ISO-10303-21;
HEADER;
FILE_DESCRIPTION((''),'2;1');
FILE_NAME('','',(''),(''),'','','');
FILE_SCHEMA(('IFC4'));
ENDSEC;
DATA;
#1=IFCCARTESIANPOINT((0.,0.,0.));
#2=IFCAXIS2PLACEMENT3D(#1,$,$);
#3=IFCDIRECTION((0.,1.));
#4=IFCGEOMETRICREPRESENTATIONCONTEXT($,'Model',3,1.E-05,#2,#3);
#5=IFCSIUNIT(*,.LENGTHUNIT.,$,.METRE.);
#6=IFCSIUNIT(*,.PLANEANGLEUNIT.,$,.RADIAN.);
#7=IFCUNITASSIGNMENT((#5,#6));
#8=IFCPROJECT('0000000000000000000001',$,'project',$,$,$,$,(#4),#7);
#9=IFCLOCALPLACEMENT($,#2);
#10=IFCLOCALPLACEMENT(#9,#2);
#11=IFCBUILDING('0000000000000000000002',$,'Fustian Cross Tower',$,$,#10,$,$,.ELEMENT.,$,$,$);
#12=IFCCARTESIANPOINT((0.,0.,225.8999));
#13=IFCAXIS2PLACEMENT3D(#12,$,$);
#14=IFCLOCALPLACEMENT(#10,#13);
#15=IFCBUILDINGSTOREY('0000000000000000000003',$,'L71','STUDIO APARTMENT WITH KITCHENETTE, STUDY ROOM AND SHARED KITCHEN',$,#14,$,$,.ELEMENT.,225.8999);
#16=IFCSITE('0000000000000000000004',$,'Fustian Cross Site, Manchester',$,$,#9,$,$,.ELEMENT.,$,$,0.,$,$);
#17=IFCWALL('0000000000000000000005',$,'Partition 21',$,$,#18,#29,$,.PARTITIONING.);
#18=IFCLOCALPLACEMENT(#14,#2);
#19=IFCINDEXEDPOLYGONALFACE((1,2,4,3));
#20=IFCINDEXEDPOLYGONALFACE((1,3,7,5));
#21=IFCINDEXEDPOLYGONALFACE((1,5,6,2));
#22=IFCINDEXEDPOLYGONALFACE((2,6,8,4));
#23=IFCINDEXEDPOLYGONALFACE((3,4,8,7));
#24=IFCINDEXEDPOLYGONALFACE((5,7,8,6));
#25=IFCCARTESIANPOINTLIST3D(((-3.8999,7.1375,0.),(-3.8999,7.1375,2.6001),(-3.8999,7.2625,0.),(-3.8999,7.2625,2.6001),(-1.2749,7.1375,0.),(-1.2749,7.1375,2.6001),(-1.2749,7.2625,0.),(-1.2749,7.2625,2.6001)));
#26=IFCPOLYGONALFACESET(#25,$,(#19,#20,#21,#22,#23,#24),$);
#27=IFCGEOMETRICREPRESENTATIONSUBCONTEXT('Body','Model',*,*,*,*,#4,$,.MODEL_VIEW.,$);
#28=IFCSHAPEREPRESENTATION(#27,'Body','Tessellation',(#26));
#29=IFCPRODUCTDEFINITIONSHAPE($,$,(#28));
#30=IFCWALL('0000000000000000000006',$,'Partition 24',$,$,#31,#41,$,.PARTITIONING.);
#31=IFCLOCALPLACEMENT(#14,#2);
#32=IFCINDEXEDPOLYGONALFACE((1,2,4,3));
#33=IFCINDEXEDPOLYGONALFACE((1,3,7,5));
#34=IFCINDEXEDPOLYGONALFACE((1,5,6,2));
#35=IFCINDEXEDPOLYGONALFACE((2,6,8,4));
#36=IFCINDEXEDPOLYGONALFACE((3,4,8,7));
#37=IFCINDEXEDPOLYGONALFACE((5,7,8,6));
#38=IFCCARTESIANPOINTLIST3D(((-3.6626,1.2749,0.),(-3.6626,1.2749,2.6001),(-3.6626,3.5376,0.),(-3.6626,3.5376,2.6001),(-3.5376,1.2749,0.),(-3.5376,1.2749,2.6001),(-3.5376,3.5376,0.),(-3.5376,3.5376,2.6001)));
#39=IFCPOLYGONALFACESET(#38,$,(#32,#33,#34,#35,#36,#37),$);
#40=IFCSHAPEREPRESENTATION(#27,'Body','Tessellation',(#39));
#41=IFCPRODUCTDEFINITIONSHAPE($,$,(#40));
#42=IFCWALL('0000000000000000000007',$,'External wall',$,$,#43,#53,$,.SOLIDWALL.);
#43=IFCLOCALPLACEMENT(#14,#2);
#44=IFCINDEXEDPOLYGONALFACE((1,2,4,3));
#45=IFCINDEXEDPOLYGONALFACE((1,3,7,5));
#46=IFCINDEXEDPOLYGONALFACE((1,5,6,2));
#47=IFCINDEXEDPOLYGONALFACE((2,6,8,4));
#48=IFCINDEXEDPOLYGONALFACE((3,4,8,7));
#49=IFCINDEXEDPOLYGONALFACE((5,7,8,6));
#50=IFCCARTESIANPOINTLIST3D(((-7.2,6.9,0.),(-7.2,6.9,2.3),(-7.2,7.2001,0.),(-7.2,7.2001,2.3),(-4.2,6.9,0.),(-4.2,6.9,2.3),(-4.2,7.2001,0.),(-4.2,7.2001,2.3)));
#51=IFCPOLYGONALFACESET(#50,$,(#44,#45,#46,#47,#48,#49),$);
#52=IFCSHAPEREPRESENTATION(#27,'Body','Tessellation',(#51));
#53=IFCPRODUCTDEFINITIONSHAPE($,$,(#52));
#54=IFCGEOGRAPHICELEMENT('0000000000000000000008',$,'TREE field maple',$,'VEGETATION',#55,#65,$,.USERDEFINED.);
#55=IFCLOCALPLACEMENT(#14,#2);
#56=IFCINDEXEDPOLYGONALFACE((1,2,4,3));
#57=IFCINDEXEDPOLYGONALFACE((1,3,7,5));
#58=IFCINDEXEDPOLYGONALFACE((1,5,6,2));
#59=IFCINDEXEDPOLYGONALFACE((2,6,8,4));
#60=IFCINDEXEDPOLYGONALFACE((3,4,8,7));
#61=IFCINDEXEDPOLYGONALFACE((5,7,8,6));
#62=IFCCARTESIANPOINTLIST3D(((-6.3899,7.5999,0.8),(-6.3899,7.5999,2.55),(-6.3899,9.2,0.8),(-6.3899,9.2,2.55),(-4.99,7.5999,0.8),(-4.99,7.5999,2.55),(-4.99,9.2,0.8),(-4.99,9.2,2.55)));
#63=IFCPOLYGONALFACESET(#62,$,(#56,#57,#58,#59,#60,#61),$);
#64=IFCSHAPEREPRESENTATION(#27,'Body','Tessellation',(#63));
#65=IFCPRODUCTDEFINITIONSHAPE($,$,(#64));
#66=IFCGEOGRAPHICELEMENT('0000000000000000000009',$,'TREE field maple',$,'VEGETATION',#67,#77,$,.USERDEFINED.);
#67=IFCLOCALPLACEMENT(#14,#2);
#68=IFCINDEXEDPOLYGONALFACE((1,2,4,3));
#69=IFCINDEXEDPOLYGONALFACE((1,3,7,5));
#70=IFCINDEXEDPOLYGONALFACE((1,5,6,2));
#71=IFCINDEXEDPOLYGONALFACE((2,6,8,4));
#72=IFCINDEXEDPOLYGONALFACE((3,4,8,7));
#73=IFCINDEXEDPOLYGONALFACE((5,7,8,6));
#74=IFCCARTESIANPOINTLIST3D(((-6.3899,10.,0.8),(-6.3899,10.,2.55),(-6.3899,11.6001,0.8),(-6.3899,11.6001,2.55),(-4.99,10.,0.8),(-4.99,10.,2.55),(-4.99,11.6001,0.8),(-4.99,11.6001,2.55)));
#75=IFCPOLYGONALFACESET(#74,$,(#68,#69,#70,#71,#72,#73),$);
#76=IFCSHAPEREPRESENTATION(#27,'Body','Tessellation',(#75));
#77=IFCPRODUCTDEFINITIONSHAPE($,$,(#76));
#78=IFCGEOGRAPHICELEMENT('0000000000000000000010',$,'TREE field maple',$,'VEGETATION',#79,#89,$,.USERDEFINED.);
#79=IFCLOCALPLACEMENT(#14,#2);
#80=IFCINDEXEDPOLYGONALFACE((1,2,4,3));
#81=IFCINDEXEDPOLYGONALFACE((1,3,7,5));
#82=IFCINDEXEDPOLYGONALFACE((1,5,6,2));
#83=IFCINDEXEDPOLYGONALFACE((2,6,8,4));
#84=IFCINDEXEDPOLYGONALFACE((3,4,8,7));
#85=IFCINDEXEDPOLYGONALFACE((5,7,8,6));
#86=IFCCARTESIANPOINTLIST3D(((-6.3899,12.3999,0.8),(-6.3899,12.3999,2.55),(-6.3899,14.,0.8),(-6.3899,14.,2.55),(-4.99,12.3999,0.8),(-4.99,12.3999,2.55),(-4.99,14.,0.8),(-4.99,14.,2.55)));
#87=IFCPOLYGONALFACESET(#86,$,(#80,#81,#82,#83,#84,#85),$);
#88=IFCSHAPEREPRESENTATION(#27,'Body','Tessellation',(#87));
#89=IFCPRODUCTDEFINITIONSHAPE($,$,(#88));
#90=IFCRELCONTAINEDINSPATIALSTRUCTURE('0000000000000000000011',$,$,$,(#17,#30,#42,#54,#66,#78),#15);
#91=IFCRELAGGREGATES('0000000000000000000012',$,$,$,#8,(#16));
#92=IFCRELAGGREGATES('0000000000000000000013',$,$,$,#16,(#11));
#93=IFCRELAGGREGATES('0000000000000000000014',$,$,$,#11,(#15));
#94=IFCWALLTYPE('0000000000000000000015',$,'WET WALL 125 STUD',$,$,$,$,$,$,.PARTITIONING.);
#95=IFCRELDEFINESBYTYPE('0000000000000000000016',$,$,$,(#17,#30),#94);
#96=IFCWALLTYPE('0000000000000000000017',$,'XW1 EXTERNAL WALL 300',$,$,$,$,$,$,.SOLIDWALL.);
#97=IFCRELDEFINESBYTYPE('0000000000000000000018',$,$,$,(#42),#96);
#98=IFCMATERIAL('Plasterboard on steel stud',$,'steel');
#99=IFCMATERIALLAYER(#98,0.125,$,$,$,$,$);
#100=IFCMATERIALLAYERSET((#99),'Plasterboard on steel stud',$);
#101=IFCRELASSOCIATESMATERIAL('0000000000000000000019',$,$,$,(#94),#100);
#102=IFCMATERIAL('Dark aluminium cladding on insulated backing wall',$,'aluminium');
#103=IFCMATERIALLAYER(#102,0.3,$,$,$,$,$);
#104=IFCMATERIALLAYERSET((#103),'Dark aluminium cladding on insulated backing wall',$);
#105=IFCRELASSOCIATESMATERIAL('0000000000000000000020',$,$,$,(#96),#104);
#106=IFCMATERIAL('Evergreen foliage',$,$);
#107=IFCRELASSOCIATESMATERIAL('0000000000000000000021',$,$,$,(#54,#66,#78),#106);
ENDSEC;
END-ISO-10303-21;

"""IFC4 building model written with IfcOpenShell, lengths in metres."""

from ifc_helpers import new_model, si_unit, direction, frame, frame_2d, origin, origin_2d, place, context, subcontext, project, spatial, rectangle, extrude, material, layer, layer_set, type_object, element, save


model = new_model("IFC4")

# Units and contexts
model_context = context("Model", 3, precision=1e-05, world=origin(), true_north=direction((0.0, 1.0)))
body_context = subcontext(model_context, "Body", "Model", "MODEL_VIEW")
ifc_project = project(units=[si_unit("LENGTHUNIT", "METRE"), si_unit("PLANEANGLEUNIT", "RADIAN")], contexts=[model_context])

# Site, building, storey
site_placement = place(None, origin())
site = spatial("IfcSite", under=ifc_project, at=site_placement, Name="Fustian Cross Site, Manchester", CompositionType="ELEMENT", RefElevation=0.0)
building_placement = place(site_placement, origin())
building = spatial("IfcBuilding", under=site, at=building_placement, Name="Fustian Cross Tower", CompositionType="ELEMENT")
storey_placement = place(building_placement, frame((0.0, 0.0, 225.8999)))
storey = spatial("IfcBuildingStorey", under=building, at=storey_placement, Name="L71", Description="STUDIO APARTMENT WITH KITCHENETTE, STUDY ROOM AND SHARED KITCHEN", CompositionType="ELEMENT", Elevation=225.8999)

# Walls
ifc_material_1 = material(Name="Plasterboard on steel stud", Category="steel")
ifc_layer_1 = layer(ifc_material_1, 0.125)
ifc_layer_set_1 = layer_set([ifc_layer_1], Name="Plasterboard on steel stud")
wall_type_1 = type_object("IfcWallType", Name="WET WALL 125 STUD", PredefinedType="PARTITIONING", material=ifc_layer_set_1)
wall_1_placement = place(storey_placement, frame((-3.8999, 7.2, 0.0), z_axis=(0.0, 0.0, 1.0), x_axis=(1.0, 0.0, 0.0)))
element("IfcWall", 1, at=wall_1_placement, inside=storey, type_object=wall_type_1, Name="Partition 21", PredefinedType="PARTITIONING", context=body_context, shape_type="SweptSolid", body=[
    extrude(rectangle(XDim=2.625, YDim=0.125, at=frame_2d((1.3125, 0.0))), origin(), (0.0, 0.0, 1.0), 2.6001),
])
wall_2_placement = place(storey_placement, frame((-3.6001, 1.2749, 0.0), z_axis=(0.0, 0.0, 1.0), x_axis=(0.0, 1.0, 0.0)))
element("IfcWall", 2, at=wall_2_placement, inside=storey, type_object=wall_type_1, Name="Partition 24", PredefinedType="PARTITIONING", context=body_context, shape_type="SweptSolid", body=[
    extrude(rectangle(XDim=2.2627, YDim=0.125, at=frame_2d((1.1313, 0.0))), origin(), (0.0, 0.0, 1.0), 2.6001),
])
ifc_material_2 = material(Name="Dark aluminium cladding on insulated backing wall", Category="aluminium")
ifc_layer_2 = layer(ifc_material_2, 0.3)
ifc_layer_set_2 = layer_set([ifc_layer_2], Name="Dark aluminium cladding on insulated backing wall")
wall_type_2 = type_object("IfcWallType", Name="XW1 EXTERNAL WALL 300", PredefinedType="SOLIDWALL", material=ifc_layer_set_2)
wall_3_placement = place(storey_placement, frame((-4.2, 7.05, 0.0), z_axis=(0.0, 0.0, 1.0), x_axis=(-1.0, 0.0, 0.0)))
element("IfcWall", 3, at=wall_3_placement, inside=storey, type_object=wall_type_2, Name="External wall", PredefinedType="SOLIDWALL", context=body_context, shape_type="SweptSolid", body=[
    extrude(rectangle(XDim=3.0, YDim=0.3, at=frame_2d((1.5, 0.0))), origin(), (0.0, 0.0, 1.0), 2.3),
])

# Geographic elements
ifc_material_3 = material(Name="Evergreen foliage")
for number, where, z_axis, x_axis, name in (
    (4, (-5.6899, 8.3999, 0.8), (0.0, 0.0, 1.0), (1.0, 0.0, 0.0), "TREE field maple"),
    (5, (-5.6899, 10.8, 0.8), (0.0, 0.0, 1.0), (1.0, 0.0, 0.0), "TREE field maple"),
    (6, (-5.6899, 13.2, 0.8), (0.0, 0.0, 1.0), (1.0, 0.0, 0.0), "TREE field maple"),
):
    element("IfcGeographicElement", number, at=place(storey_placement, frame(where, z_axis=z_axis, x_axis=x_axis)), inside=storey, material=ifc_material_3, Name=name, ObjectType="VEGETATION", PredefinedType="USERDEFINED", context=body_context, shape_type="SweptSolid", body=[
        extrude(rectangle(XDim=1.3999, YDim=1.6001, at=origin_2d()), origin(), (0.0, 0.0, 1.0), 1.75),
    ])

save(model, "model.ifc")
